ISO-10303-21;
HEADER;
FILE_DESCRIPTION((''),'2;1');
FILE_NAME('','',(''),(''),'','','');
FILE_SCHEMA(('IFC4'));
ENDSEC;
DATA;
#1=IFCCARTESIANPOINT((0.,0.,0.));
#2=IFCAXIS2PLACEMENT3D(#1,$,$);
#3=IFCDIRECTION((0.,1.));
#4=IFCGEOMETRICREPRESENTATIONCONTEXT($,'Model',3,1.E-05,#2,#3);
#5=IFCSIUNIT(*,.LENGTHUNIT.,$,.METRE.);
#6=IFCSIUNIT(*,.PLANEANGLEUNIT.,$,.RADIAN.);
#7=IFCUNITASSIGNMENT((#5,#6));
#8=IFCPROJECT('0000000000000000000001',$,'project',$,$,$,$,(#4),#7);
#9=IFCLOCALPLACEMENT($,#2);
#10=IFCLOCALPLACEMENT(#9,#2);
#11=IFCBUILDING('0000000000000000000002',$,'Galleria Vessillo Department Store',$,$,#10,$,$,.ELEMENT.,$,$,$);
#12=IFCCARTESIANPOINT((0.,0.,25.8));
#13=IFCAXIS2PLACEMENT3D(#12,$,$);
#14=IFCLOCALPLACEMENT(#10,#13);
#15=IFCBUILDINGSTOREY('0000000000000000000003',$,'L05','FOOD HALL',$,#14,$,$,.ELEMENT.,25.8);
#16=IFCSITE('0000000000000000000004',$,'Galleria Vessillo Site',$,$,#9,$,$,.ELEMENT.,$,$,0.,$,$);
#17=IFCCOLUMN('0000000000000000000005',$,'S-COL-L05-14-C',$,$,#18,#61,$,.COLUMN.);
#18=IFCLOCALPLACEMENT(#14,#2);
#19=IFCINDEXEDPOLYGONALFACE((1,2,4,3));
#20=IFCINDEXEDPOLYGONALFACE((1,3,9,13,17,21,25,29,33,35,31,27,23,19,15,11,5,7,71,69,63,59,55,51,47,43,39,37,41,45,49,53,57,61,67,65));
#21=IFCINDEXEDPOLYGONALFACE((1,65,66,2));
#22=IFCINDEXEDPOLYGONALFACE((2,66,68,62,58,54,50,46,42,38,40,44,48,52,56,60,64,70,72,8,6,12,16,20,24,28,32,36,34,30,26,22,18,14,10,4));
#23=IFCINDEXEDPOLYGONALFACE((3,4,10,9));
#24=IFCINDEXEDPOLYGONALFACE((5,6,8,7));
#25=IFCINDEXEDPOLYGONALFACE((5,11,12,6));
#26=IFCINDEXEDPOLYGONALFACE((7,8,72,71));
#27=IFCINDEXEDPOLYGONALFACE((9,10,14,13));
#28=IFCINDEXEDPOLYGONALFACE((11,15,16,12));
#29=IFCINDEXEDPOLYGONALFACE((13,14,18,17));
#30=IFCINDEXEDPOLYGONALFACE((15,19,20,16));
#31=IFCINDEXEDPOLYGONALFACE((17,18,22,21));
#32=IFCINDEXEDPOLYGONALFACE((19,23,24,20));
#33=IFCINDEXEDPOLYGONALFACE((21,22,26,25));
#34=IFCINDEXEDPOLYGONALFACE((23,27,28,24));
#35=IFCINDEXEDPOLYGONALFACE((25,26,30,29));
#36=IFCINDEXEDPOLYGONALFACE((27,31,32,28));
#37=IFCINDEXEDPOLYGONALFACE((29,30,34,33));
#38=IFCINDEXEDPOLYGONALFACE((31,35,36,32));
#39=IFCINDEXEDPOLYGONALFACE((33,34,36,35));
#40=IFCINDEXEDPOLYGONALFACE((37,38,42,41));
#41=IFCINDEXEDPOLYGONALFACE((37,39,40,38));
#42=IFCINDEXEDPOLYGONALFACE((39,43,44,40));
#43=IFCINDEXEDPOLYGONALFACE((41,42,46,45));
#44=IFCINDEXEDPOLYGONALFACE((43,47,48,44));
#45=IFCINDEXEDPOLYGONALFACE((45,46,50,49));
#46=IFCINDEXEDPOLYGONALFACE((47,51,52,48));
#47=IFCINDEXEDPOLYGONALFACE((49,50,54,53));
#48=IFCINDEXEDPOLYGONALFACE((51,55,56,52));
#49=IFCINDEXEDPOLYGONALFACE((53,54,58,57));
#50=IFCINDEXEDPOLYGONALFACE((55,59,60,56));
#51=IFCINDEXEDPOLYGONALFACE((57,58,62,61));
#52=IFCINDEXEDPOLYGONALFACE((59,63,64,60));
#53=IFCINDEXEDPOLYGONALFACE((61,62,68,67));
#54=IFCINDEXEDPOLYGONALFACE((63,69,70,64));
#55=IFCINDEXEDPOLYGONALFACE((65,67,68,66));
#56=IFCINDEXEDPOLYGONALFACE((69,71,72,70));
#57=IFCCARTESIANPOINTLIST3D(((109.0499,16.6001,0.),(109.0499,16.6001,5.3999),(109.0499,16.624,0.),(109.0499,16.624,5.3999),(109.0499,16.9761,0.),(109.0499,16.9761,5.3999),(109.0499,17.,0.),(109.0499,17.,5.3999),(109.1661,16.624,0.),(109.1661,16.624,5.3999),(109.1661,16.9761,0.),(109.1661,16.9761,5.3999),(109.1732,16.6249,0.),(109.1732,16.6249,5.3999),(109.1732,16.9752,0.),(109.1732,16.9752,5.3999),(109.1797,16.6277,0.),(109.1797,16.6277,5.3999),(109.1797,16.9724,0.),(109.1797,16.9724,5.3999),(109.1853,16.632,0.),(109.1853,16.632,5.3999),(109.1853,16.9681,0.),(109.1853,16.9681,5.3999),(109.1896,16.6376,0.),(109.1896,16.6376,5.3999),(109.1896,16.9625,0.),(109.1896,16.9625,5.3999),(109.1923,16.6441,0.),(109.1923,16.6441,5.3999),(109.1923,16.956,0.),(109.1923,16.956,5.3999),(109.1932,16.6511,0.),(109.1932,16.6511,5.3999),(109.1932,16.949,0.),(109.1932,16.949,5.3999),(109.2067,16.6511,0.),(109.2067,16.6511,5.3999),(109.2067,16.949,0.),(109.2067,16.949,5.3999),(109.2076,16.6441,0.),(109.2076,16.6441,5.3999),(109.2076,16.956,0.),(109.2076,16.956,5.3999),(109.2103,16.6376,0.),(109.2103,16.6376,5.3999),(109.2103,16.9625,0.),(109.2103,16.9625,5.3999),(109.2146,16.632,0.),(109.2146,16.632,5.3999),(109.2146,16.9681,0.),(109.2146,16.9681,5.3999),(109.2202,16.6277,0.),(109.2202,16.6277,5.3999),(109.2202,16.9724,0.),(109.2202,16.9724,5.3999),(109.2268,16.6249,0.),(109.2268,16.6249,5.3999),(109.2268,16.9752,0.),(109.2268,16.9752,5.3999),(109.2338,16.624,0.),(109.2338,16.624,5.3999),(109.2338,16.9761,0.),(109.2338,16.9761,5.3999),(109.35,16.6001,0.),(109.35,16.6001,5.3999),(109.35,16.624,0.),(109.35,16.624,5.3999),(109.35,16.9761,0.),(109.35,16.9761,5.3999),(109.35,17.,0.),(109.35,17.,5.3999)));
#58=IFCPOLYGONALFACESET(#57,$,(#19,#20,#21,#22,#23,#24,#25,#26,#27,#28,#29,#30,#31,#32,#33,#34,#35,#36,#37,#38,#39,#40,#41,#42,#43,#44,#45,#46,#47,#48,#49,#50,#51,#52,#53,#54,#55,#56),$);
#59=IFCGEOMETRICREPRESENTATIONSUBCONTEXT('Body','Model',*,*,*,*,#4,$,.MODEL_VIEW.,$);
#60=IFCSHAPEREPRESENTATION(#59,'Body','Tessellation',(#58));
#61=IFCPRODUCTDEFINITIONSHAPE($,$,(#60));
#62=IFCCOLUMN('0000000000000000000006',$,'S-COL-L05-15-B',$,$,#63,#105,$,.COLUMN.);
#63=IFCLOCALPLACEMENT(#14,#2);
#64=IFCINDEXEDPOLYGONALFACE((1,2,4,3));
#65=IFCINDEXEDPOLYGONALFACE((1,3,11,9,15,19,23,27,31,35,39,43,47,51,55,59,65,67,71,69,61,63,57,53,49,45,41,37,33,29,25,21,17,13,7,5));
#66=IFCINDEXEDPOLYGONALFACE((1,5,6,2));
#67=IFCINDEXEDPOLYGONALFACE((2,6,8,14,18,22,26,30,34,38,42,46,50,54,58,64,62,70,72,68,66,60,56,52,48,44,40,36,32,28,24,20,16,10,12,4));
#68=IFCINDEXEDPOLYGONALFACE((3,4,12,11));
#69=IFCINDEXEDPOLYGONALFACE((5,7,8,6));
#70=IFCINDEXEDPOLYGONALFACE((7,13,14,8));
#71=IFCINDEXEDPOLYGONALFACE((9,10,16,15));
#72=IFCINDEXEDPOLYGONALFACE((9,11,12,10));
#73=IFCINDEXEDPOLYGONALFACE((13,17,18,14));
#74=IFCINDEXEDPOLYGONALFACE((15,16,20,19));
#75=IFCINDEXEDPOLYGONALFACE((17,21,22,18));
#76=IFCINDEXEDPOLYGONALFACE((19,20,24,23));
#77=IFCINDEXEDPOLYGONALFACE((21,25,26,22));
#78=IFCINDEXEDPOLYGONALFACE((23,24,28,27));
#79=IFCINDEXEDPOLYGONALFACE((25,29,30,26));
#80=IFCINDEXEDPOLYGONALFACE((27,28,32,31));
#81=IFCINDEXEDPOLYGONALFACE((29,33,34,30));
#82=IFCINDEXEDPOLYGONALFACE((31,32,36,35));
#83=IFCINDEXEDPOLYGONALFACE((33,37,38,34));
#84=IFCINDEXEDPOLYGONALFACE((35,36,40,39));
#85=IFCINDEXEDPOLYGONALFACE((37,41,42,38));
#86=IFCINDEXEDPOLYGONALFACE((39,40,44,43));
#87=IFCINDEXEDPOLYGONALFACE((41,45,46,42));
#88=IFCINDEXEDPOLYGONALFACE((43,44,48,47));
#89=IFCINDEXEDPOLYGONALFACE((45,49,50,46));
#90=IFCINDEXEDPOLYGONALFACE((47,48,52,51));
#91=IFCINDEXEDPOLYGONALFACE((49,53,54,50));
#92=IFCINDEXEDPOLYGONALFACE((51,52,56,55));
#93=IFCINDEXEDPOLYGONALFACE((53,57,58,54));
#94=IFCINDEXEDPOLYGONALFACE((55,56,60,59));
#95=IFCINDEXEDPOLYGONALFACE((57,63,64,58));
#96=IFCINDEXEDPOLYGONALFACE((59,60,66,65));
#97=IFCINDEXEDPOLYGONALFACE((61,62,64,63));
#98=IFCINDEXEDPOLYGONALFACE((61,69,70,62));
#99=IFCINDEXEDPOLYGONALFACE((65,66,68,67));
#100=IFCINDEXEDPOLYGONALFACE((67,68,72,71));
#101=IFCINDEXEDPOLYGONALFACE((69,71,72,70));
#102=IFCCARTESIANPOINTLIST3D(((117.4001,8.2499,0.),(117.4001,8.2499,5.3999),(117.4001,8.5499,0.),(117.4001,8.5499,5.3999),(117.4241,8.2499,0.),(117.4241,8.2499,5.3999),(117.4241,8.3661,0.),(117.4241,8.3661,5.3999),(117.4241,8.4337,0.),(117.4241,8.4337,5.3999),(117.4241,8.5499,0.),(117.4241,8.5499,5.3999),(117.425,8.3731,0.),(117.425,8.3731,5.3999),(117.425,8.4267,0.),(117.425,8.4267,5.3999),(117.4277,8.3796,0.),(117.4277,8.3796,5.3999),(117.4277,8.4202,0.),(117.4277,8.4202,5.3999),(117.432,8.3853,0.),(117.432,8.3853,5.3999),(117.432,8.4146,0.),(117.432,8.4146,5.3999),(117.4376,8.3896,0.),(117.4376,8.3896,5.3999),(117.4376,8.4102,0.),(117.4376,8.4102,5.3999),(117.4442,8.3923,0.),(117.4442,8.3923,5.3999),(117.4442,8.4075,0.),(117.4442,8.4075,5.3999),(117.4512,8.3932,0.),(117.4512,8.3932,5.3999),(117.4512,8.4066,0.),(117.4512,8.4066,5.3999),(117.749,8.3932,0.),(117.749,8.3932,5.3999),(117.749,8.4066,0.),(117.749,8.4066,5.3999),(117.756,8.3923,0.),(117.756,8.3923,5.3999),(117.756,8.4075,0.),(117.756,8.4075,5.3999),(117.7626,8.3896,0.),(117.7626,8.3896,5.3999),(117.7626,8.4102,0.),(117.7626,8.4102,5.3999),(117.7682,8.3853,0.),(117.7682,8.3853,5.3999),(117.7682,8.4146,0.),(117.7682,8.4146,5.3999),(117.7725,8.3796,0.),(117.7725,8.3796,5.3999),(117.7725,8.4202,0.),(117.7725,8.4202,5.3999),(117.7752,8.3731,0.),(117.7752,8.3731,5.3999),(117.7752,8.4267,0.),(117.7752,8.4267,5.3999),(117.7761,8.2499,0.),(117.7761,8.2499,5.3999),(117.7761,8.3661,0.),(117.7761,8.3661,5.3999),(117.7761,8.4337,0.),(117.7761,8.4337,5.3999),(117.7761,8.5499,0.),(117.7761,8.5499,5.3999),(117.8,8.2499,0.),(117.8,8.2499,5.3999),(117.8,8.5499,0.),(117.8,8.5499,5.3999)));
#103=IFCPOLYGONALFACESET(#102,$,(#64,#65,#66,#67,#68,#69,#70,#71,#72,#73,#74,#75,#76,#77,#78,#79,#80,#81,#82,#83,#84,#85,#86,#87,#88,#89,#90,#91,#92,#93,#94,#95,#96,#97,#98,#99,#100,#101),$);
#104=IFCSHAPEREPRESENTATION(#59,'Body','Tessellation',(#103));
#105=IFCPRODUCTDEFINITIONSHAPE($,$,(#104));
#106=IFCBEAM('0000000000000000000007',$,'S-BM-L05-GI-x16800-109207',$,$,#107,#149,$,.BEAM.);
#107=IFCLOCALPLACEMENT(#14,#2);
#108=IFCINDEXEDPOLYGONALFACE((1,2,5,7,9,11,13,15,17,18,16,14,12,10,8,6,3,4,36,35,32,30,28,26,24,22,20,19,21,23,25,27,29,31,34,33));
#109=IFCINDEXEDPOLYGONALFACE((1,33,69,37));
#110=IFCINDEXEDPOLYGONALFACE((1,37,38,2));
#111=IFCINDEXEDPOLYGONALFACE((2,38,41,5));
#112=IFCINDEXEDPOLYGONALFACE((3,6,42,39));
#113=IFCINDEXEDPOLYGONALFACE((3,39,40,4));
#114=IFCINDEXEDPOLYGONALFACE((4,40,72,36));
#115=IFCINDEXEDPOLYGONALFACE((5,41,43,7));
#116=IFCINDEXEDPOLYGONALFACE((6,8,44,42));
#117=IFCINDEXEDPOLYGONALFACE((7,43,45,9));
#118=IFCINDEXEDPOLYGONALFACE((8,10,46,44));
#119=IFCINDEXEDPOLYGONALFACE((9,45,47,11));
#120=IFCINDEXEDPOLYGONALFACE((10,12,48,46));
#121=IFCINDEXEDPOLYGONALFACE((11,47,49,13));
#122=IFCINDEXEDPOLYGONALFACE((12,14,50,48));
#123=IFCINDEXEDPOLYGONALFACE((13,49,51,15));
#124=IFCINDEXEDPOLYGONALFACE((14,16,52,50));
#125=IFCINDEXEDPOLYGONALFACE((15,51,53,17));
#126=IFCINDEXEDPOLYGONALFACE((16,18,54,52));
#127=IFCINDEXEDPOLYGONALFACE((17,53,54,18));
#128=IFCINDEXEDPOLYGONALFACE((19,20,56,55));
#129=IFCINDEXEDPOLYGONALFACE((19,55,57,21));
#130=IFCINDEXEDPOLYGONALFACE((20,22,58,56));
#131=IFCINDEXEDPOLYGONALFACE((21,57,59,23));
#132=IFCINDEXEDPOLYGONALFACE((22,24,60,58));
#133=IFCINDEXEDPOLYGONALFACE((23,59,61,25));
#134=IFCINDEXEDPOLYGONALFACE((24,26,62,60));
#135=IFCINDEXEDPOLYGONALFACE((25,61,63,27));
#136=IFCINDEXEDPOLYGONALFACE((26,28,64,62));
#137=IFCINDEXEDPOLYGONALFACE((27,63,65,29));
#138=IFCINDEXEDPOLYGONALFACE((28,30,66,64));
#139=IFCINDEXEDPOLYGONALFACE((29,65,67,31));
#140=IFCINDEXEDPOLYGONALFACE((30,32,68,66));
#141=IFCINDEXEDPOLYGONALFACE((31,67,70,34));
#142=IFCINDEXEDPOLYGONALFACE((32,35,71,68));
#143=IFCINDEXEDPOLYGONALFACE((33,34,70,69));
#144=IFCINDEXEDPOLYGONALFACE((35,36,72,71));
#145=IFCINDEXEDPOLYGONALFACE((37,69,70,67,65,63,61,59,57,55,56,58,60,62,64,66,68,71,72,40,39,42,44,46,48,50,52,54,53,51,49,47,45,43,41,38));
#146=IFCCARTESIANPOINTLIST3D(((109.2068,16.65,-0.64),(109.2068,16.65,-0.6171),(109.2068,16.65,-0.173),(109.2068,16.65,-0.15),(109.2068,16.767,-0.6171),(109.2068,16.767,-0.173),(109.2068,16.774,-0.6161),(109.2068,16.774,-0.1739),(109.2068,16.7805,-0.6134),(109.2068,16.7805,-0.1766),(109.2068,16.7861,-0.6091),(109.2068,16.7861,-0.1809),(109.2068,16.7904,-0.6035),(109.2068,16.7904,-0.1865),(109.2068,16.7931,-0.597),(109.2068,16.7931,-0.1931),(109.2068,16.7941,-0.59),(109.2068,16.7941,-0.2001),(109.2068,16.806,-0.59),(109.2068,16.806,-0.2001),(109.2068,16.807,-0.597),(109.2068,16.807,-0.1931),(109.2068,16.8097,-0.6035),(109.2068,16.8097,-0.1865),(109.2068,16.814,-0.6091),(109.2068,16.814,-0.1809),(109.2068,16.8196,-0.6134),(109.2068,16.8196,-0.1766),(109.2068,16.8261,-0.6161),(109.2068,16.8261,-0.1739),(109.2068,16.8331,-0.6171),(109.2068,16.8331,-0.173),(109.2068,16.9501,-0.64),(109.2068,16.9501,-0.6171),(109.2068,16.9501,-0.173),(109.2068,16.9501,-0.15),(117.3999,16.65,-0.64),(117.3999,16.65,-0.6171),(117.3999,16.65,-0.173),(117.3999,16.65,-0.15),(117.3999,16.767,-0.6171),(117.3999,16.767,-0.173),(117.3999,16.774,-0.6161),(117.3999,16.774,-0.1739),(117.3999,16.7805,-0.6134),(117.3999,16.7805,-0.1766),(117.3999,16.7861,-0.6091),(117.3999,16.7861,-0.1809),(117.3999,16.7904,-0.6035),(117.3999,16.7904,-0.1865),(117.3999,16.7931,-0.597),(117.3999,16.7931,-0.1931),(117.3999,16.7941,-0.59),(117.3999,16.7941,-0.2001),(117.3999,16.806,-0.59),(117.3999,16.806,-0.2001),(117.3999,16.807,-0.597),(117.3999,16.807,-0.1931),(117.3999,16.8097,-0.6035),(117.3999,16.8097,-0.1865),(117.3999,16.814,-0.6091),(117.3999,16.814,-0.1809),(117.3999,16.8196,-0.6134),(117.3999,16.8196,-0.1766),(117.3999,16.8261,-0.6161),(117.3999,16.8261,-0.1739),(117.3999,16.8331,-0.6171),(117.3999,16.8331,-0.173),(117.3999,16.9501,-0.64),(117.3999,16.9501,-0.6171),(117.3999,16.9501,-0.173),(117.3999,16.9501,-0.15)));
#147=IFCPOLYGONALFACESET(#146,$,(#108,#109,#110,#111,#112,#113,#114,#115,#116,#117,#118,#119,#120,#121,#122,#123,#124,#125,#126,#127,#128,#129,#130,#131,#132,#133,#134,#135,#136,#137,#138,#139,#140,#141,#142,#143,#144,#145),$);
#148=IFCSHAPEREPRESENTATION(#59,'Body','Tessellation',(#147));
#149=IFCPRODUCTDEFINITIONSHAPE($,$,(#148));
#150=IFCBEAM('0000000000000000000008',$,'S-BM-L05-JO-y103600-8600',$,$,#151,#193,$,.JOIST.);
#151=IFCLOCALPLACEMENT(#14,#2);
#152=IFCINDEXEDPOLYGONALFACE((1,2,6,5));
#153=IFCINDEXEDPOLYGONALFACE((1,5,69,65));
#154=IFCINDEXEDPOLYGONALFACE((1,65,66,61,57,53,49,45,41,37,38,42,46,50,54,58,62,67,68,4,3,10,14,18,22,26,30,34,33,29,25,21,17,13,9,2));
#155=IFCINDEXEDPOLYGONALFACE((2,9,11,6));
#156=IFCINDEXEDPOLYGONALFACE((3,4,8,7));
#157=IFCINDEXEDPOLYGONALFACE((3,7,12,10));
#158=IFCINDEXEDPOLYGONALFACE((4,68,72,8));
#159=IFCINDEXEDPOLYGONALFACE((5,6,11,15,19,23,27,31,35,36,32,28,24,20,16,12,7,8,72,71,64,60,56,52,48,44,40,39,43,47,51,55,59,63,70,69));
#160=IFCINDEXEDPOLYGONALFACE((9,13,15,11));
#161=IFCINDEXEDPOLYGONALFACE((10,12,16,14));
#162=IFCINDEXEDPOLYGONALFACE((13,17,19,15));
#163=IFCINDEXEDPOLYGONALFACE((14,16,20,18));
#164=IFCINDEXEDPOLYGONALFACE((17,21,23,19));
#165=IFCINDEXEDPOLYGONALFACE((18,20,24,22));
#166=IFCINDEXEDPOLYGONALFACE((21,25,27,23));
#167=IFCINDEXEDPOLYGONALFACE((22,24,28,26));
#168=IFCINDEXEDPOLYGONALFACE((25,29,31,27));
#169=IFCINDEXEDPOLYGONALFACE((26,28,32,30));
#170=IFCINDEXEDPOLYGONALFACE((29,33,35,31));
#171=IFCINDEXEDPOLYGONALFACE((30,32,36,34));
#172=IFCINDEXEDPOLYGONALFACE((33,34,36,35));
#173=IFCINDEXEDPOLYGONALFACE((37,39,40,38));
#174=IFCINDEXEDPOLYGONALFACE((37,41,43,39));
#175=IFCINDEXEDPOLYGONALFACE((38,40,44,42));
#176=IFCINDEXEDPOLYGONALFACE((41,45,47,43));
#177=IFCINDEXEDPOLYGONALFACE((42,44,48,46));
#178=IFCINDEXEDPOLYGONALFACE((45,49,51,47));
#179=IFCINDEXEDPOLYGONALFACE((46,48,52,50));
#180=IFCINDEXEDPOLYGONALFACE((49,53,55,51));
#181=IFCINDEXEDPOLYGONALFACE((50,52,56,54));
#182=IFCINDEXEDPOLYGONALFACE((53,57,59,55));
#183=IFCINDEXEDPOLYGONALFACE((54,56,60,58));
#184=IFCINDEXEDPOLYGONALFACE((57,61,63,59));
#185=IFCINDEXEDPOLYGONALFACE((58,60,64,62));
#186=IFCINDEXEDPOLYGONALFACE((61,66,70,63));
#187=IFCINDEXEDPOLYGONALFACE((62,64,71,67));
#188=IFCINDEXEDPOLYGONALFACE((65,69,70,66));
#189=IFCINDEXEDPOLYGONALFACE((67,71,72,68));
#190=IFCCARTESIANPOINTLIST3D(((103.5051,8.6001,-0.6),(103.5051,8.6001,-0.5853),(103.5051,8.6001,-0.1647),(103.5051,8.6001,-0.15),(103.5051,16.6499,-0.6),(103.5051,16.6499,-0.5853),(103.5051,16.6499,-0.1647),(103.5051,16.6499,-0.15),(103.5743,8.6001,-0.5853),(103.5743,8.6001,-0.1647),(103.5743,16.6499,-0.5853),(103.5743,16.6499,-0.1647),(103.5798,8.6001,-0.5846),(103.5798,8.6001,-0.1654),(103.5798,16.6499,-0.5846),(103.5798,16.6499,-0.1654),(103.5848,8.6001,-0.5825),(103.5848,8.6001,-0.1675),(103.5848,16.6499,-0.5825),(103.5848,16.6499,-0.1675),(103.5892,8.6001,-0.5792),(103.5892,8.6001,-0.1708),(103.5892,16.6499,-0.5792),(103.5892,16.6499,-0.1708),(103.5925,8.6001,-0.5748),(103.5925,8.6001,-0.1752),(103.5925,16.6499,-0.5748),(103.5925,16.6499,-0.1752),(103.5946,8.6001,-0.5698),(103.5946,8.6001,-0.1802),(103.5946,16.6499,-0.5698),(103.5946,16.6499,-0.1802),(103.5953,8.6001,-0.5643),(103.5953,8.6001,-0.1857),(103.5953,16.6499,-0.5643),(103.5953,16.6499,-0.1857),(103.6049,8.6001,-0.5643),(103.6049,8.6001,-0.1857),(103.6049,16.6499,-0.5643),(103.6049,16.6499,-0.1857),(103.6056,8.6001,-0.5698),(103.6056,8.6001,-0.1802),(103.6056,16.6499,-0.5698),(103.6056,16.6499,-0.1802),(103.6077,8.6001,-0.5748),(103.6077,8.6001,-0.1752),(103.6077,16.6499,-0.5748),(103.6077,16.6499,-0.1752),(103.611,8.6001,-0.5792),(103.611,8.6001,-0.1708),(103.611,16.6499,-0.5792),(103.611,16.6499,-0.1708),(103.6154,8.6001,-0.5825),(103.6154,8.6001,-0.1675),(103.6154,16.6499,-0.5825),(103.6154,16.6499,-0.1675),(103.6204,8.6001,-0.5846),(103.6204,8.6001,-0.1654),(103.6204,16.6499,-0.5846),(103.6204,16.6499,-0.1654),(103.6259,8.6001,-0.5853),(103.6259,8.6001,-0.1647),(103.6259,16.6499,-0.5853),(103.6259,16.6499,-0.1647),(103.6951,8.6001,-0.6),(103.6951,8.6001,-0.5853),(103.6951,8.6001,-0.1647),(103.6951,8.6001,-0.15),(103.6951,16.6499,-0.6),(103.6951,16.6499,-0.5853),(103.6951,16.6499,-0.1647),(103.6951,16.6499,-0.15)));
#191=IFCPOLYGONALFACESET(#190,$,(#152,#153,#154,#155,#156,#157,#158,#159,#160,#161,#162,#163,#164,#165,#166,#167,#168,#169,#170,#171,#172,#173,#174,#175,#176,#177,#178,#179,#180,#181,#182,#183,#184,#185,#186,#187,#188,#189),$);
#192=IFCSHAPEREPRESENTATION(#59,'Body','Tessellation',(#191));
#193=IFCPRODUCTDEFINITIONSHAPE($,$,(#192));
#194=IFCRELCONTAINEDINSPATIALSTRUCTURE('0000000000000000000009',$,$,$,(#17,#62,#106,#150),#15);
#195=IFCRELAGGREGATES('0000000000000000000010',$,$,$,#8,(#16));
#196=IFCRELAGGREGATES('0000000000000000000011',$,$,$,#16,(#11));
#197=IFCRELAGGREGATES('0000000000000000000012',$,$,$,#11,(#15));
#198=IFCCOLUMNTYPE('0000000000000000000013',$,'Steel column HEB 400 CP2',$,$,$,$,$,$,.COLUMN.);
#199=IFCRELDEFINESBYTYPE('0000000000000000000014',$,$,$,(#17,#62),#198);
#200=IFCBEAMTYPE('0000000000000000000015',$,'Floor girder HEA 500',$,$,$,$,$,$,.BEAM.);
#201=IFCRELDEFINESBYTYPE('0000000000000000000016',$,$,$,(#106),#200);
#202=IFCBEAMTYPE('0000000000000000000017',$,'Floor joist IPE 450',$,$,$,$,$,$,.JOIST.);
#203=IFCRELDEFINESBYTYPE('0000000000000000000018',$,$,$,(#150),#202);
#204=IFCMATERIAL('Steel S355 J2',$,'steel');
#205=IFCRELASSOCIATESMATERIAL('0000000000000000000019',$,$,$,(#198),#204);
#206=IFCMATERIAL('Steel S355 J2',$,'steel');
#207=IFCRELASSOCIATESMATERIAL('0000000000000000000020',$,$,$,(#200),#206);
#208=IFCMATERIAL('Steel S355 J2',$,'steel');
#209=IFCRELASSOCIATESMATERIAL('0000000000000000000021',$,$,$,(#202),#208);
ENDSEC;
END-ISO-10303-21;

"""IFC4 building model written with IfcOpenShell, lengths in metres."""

from ifc_helpers import new_model, si_unit, direction, frame, origin, origin_2d, place, context, subcontext, project, spatial, i_section, extrude, material, material_profile, profile_set, type_object, element, save


model = new_model("IFC4")

# Units and contexts
model_context = context("Model", 3, precision=1e-05, world=origin(), true_north=direction((0.0, 1.0)))
body_context = subcontext(model_context, "Body", "Model", "MODEL_VIEW")
ifc_project = project(units=[si_unit("LENGTHUNIT", "METRE"), si_unit("PLANEANGLEUNIT", "RADIAN")], contexts=[model_context])

# Site, building, storey
site_placement = place(None, origin())
site = spatial("IfcSite", under=ifc_project, at=site_placement, Name="Galleria Vessillo Site", CompositionType="ELEMENT", RefElevation=0.0)
building_placement = place(site_placement, origin())
building = spatial("IfcBuilding", under=site, at=building_placement, Name="Galleria Vessillo Department Store", CompositionType="ELEMENT")
storey_placement = place(building_placement, frame((0.0, 0.0, 25.8)))
storey = spatial("IfcBuildingStorey", under=building, at=storey_placement, Name="L05", Description="FOOD HALL", CompositionType="ELEMENT", Elevation=25.8)

# Columns
ifc_material_1 = material(Name="Steel S355 J2", Category="steel")
ifc_material_profile_1 = material_profile(ifc_material_1, i_section(OverallWidth=0.3, OverallDepth=0.3999, WebThickness=0.0134, FlangeThickness=0.0239, FilletRadius=0.0271, at=origin_2d()), Name="HEB 400")
ifc_profile_set_1 = profile_set([ifc_material_profile_1], Name="Steel S355 J2")
column_type = type_object("IfcColumnType", Name="Steel column HEB 400 CP2", PredefinedType="COLUMN", material=ifc_profile_set_1)
for number, where, z_axis, x_axis, name in (
    (1, (109.2, 16.8, 0.0), (0.0, 0.0, 1.0), (1.0, 0.0, 0.0), "S-COL-L05-14-C"),
    (2, (117.6001, 8.3999, 0.0), (0.0, 0.0, 1.0), (0.0, 1.0, 0.0), "S-COL-L05-15-B"),
):
    element("IfcColumn", number, at=place(storey_placement, frame(where, z_axis=z_axis, x_axis=x_axis)), inside=storey, type_object=column_type, Name=name, PredefinedType="COLUMN", context=body_context, shape_type="SweptSolid", body=[
        extrude(i_section(OverallWidth=0.3, OverallDepth=0.3999, WebThickness=0.0134, FlangeThickness=0.0239, FilletRadius=0.0271, at=origin_2d()), origin(), (0.0, 0.0, 1.0), 5.3999),
    ])

# Beams
ifc_material_2 = material(Name="Steel S355 J2", Category="steel")
ifc_material_profile_2 = material_profile(ifc_material_2, i_section(OverallWidth=0.3, OverallDepth=0.49, WebThickness=0.012, FlangeThickness=0.0229, FilletRadius=0.0271, at=origin_2d()), Name="HEA 500")
ifc_profile_set_2 = profile_set([ifc_material_profile_2], Name="Steel S355 J2")
beam_type_1 = type_object("IfcBeamType", Name="Floor girder HEA 500", PredefinedType="BEAM", material=ifc_profile_set_2)
beam_1_placement = place(storey_placement, frame((109.2068, 16.8, -0.395), z_axis=(1.0, 0.0, 0.0), x_axis=(0.0, 1.0, 0.0)))
element("IfcBeam", 3, at=beam_1_placement, inside=storey, type_object=beam_type_1, Name="S-BM-L05-GI-x16800-109207", PredefinedType="BEAM", context=body_context, shape_type="SweptSolid", body=[
    extrude(i_section(OverallWidth=0.3, OverallDepth=0.49, WebThickness=0.012, FlangeThickness=0.0229, FilletRadius=0.0271, at=origin_2d()), origin(), (0.0, 0.0, 1.0), 8.1931),
])
ifc_material_3 = material(Name="Steel S355 J2", Category="steel")
ifc_material_profile_3 = material_profile(ifc_material_3, i_section(OverallWidth=0.1899, OverallDepth=0.45, WebThickness=0.0095, FlangeThickness=0.0146, FilletRadius=0.021, at=origin_2d()), Name="IPE 450")
ifc_profile_set_3 = profile_set([ifc_material_profile_3], Name="Steel S355 J2")
beam_type_2 = type_object("IfcBeamType", Name="Floor joist IPE 450", PredefinedType="JOIST", material=ifc_profile_set_3)
for number, where, z_axis, x_axis, name in (
    (4, (103.6001, 8.6001, -0.375), (0.0, 1.0, 0.0), (-1.0, 0.0, 0.0), "S-BM-L05-JO-y103600-8600"),
):
    element("IfcBeam", number, at=place(storey_placement, frame(where, z_axis=z_axis, x_axis=x_axis)), inside=storey, type_object=beam_type_2, Name=name, PredefinedType="JOIST", context=body_context, shape_type="SweptSolid", body=[
        extrude(i_section(OverallWidth=0.1899, OverallDepth=0.45, WebThickness=0.0095, FlangeThickness=0.0146, FilletRadius=0.021, at=origin_2d()), origin(), (0.0, 0.0, 1.0), 8.0498),
    ])

save(model, "model.ifc")
